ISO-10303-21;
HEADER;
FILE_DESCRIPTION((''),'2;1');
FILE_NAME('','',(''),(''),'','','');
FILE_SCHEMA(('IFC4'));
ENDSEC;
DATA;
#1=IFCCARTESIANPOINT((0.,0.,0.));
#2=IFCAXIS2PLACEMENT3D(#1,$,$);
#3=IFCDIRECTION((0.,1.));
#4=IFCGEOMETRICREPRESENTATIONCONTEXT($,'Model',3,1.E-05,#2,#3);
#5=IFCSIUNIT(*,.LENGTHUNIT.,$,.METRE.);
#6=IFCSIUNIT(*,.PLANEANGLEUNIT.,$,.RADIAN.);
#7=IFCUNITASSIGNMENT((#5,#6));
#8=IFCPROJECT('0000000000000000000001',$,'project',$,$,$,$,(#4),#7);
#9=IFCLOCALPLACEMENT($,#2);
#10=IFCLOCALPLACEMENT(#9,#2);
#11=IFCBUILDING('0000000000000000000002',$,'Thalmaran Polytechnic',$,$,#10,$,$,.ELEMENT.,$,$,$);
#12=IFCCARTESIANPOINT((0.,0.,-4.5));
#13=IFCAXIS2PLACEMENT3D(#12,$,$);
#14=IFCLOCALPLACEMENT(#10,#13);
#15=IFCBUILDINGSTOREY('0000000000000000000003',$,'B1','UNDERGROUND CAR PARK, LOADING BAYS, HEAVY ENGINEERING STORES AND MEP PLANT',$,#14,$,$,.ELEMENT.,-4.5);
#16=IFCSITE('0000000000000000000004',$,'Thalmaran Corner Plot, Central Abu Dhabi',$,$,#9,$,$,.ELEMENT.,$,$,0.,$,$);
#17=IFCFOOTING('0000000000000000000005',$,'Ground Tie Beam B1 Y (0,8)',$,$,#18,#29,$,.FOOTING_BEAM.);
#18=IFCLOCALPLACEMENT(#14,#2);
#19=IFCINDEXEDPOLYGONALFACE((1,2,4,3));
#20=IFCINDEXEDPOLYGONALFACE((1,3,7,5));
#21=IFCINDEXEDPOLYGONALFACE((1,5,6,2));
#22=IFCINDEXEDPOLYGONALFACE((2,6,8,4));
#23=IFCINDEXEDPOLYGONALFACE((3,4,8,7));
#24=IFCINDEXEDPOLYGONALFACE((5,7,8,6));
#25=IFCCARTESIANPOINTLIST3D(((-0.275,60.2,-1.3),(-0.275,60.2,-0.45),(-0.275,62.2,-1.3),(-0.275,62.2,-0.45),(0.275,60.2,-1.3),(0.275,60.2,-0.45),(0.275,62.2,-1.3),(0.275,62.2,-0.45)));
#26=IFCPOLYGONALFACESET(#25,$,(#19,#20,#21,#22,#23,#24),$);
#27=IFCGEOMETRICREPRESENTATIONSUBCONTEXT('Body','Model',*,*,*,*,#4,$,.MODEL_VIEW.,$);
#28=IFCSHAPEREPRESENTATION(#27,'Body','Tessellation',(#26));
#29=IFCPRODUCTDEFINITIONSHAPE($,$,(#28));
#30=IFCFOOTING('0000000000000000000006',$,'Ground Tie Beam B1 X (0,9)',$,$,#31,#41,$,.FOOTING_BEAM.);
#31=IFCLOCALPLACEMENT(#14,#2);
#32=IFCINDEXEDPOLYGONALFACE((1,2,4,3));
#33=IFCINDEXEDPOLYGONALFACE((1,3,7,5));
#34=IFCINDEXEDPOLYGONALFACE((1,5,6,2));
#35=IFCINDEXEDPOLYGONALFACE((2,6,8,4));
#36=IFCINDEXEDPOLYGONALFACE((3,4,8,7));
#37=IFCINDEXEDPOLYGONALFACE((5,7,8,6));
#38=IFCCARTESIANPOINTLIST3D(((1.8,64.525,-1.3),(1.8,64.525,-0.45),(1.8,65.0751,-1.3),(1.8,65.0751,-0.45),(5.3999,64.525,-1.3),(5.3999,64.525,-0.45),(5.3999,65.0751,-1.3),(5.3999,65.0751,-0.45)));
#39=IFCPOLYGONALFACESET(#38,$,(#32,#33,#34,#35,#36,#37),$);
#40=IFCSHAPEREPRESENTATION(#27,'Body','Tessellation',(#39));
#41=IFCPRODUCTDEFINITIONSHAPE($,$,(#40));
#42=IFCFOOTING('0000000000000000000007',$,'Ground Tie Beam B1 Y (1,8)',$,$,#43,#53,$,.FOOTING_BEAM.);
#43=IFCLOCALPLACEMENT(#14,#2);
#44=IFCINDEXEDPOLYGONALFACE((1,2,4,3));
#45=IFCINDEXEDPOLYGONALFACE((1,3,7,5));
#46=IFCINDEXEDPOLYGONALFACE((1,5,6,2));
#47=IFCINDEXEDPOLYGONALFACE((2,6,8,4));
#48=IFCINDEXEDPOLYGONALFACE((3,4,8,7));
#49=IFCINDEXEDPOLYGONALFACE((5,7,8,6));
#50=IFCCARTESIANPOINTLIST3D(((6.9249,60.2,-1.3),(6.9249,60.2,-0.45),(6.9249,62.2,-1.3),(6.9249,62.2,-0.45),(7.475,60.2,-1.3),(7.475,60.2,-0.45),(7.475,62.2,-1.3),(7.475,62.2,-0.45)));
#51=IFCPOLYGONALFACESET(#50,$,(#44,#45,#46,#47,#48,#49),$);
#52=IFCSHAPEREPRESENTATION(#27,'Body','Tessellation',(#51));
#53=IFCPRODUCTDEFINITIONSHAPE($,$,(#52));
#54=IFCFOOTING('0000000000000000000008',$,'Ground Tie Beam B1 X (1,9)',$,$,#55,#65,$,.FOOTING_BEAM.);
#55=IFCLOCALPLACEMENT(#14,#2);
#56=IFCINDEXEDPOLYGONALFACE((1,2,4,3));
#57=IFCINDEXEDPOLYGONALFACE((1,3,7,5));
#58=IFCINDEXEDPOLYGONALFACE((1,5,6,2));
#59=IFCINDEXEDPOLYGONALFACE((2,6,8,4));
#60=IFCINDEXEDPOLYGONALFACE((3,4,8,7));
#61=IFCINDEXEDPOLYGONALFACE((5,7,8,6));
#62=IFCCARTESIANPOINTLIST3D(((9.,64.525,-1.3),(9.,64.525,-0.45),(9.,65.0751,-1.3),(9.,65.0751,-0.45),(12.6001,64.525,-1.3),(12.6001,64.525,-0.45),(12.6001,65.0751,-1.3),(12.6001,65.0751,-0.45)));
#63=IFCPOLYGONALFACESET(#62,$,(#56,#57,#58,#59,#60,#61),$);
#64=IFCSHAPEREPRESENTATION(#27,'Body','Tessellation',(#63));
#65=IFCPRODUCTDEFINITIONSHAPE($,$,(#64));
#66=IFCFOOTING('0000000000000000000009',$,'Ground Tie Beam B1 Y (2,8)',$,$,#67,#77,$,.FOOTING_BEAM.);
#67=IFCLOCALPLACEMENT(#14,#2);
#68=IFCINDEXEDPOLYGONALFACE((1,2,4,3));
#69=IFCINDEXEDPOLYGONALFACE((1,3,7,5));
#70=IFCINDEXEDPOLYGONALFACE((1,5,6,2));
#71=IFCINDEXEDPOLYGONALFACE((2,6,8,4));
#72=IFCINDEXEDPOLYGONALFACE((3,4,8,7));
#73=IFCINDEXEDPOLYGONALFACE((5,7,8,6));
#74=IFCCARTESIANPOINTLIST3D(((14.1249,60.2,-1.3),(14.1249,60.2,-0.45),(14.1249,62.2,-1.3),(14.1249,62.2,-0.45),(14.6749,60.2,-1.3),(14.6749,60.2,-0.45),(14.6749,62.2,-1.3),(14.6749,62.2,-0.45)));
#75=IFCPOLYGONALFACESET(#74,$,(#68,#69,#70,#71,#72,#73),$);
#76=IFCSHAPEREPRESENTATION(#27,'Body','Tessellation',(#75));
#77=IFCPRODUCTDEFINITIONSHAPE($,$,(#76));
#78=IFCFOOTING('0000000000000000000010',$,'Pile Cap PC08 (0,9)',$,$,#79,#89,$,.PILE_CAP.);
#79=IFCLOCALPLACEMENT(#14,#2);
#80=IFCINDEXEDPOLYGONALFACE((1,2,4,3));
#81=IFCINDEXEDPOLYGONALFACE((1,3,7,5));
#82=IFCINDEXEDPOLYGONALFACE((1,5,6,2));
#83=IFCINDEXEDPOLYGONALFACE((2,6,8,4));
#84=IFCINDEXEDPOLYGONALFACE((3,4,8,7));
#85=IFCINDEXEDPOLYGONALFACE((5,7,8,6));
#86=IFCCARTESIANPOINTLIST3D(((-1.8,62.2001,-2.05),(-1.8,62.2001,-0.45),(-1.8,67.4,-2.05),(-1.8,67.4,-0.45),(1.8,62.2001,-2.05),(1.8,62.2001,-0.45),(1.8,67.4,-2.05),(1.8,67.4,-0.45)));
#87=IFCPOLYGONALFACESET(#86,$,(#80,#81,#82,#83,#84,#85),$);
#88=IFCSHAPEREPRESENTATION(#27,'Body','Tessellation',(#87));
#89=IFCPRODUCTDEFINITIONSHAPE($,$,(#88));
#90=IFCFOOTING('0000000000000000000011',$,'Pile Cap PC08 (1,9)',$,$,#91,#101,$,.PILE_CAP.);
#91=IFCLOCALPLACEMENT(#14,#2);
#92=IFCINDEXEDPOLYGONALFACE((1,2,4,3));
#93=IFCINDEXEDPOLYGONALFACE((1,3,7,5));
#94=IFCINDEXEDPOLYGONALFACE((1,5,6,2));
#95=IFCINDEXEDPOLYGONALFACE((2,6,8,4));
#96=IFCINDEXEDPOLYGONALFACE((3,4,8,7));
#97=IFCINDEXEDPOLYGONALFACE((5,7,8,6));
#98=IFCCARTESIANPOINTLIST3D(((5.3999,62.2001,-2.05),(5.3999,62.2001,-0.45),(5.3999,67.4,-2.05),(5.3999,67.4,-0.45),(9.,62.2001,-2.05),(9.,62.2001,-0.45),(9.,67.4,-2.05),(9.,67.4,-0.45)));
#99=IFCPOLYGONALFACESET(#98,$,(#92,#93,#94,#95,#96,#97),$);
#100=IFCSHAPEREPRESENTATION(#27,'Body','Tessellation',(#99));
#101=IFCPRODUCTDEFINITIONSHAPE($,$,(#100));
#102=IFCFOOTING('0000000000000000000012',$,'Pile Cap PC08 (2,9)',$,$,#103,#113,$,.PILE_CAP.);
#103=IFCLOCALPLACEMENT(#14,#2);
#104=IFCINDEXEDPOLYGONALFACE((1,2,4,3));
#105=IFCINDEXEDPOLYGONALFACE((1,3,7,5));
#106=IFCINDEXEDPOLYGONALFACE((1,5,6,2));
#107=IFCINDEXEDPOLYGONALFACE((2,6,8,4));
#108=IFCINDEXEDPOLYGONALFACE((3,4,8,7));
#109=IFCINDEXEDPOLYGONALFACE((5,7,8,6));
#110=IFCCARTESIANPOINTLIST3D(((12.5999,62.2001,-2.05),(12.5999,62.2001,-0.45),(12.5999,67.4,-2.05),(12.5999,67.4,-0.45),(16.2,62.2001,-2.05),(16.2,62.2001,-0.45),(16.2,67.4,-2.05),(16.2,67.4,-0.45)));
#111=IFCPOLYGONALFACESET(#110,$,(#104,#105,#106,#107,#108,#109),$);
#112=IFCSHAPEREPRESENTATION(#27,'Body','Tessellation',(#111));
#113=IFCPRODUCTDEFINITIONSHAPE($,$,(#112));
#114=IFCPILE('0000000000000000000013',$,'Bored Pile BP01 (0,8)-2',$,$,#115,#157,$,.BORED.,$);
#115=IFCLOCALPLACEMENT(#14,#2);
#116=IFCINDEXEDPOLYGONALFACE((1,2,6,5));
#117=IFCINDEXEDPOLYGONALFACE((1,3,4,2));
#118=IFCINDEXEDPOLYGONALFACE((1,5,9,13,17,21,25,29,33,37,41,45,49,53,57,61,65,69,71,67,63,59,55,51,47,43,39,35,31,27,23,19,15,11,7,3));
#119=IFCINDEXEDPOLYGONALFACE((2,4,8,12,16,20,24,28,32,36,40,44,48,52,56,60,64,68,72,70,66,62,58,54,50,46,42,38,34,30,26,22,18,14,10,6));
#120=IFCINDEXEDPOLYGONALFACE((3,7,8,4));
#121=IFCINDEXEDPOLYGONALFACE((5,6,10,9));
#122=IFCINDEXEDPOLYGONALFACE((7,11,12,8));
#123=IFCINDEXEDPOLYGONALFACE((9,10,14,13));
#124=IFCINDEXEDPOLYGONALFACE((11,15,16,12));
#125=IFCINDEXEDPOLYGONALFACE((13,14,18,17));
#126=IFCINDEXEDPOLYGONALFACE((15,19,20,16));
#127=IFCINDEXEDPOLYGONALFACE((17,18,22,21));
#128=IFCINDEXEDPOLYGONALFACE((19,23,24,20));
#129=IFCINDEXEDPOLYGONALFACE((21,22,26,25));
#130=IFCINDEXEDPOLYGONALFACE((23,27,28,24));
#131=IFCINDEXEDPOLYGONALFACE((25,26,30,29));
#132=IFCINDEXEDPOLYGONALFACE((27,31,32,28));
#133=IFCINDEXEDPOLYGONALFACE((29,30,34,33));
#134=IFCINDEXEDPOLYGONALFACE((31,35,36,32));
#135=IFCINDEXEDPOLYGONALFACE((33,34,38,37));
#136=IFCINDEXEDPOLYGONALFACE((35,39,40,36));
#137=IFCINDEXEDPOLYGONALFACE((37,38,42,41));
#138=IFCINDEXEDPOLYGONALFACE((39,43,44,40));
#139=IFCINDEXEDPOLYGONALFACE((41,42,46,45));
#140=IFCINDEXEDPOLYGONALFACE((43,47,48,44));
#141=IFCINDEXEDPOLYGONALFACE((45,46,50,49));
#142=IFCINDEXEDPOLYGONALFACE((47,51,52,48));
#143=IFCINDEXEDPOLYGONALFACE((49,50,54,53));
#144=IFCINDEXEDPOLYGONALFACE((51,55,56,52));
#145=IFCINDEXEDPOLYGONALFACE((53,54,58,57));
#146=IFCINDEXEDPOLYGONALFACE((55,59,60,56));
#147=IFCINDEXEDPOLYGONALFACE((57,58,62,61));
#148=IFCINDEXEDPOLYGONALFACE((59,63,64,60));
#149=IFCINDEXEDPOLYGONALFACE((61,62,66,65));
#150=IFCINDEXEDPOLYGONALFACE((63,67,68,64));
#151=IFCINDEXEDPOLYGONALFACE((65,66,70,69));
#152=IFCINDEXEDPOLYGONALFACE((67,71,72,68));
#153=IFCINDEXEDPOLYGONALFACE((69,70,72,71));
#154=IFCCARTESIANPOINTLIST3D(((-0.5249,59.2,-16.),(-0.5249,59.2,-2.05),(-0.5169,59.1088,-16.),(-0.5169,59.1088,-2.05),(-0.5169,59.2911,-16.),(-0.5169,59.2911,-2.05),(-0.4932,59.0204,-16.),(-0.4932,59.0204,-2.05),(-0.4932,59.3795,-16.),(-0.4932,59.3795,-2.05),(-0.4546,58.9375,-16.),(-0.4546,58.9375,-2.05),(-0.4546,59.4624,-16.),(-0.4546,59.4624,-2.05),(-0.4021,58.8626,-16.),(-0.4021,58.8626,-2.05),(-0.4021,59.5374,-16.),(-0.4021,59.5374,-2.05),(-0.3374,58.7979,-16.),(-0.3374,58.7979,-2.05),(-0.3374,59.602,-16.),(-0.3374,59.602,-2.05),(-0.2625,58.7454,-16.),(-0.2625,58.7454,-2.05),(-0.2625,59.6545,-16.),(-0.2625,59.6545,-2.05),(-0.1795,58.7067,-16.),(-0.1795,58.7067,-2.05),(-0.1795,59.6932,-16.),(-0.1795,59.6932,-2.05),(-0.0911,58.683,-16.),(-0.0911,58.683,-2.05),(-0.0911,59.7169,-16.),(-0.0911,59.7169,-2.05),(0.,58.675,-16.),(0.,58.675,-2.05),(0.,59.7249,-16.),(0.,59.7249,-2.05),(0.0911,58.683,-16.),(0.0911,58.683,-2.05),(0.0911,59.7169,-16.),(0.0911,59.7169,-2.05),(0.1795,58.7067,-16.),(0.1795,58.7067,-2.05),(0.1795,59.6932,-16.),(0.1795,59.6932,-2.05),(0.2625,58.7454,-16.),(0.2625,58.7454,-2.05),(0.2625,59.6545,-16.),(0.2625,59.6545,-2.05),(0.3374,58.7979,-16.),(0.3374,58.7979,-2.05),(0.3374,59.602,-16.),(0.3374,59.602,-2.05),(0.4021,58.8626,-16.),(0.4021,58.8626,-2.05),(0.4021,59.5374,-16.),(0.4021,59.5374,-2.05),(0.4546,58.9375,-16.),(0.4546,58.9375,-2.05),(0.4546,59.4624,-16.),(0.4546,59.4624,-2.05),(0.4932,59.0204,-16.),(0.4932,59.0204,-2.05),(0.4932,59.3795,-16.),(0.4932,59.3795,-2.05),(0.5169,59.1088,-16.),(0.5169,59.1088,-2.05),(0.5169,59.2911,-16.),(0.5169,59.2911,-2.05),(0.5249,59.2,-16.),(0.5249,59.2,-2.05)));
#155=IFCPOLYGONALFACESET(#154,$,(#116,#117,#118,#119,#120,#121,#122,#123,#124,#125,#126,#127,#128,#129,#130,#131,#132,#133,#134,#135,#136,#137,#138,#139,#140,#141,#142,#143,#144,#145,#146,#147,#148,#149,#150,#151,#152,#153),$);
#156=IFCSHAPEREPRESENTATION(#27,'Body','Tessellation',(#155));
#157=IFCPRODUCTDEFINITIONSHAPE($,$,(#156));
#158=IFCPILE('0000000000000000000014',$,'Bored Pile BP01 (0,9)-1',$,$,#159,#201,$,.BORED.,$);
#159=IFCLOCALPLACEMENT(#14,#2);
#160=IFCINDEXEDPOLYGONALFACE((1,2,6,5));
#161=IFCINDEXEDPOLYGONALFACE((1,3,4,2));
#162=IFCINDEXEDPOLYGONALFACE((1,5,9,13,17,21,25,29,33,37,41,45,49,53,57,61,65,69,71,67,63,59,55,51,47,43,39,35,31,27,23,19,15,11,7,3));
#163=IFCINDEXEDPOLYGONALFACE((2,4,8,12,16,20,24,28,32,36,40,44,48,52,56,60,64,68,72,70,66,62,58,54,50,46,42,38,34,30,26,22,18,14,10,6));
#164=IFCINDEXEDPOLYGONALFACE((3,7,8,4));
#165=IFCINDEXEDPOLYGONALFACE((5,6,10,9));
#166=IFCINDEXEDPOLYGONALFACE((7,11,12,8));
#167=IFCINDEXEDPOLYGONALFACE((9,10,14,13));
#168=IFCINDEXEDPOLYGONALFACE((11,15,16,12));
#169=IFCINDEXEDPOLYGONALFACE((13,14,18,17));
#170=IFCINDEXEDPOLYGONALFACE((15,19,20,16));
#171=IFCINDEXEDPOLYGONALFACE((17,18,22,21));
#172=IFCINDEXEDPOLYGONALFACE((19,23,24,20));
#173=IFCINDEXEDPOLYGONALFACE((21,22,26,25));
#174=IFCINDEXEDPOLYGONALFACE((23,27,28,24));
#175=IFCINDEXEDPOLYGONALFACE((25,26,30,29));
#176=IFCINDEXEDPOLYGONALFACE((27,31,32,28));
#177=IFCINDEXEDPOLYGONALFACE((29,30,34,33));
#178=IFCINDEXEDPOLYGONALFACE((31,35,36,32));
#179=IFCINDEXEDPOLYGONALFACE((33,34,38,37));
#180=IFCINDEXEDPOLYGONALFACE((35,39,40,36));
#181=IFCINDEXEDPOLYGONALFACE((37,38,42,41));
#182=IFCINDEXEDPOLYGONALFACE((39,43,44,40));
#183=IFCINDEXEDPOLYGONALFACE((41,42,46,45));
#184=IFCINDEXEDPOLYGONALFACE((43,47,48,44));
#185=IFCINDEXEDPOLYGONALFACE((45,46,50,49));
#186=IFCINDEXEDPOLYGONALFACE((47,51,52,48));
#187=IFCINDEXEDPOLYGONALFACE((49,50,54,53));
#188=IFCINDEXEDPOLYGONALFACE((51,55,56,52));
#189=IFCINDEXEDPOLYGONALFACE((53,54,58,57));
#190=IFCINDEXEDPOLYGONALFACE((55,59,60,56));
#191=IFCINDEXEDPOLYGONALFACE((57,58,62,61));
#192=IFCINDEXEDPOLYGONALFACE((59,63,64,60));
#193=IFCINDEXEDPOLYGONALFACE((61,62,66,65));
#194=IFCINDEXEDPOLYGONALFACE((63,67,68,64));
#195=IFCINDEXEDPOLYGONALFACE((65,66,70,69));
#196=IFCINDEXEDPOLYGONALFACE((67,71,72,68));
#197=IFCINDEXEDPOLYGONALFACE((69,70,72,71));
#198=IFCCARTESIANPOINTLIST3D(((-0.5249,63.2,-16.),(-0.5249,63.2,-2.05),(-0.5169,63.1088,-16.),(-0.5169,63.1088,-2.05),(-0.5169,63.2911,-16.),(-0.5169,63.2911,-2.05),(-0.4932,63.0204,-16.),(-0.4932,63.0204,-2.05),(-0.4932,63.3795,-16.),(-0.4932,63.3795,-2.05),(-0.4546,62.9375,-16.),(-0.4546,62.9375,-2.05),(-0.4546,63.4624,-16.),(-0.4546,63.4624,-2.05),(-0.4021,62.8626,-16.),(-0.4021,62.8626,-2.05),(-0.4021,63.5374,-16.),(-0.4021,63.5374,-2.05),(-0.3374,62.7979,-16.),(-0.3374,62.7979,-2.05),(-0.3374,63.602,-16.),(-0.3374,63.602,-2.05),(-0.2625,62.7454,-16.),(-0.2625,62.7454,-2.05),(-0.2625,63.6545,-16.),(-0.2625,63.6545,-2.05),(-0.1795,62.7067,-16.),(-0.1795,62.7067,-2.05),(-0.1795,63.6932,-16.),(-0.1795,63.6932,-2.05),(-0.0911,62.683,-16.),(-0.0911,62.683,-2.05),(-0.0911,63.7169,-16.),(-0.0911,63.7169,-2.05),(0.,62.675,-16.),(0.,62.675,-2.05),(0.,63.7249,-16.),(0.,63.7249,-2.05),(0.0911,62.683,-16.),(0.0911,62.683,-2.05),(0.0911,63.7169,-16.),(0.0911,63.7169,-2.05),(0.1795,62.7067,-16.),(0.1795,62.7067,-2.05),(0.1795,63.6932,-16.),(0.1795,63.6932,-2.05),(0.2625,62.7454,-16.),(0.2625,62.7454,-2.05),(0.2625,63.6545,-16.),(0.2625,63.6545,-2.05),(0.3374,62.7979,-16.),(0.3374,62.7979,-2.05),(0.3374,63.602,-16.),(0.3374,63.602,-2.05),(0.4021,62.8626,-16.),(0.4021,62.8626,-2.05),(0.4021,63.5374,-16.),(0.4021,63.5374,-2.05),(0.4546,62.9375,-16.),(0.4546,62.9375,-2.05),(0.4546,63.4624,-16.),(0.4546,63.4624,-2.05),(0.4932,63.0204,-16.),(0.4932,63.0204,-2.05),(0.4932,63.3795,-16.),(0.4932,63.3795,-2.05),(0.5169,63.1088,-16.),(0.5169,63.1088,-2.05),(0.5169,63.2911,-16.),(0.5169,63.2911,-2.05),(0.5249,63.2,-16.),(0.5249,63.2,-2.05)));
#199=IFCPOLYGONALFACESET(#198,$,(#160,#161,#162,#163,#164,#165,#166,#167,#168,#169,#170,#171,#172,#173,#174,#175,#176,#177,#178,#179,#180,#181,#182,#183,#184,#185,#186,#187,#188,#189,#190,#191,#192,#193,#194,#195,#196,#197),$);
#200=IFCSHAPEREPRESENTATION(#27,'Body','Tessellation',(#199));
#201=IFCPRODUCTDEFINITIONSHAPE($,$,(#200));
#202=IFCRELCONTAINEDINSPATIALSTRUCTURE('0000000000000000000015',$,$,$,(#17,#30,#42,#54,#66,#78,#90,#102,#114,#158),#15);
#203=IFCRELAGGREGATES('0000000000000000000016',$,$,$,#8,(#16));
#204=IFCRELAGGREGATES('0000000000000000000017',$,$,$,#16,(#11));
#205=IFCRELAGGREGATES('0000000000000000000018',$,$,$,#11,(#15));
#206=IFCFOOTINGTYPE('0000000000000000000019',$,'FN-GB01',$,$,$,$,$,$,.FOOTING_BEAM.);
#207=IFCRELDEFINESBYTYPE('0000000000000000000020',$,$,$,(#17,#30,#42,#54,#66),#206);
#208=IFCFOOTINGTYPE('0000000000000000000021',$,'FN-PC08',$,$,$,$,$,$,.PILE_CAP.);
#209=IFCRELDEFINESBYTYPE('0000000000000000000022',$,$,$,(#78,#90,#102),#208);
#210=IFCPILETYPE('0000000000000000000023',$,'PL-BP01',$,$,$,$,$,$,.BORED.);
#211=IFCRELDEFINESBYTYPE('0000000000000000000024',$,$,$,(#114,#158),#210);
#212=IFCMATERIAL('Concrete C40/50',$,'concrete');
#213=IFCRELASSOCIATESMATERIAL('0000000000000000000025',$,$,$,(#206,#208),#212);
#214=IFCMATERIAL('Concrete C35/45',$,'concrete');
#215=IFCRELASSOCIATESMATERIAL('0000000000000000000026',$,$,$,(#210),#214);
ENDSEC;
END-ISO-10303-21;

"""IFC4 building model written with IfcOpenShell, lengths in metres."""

from ifc_helpers import new_model, si_unit, direction, frame, origin, origin_2d, place, context, subcontext, project, spatial, rectangle, circle, extrude, material, material_profile, profile_set, type_object, element, save


model = new_model("IFC4")

# Units and contexts
model_context = context("Model", 3, precision=1e-05, world=origin(), true_north=direction((0.0, 1.0)))
body_context = subcontext(model_context, "Body", "Model", "MODEL_VIEW")
ifc_project = project(units=[si_unit("LENGTHUNIT", "METRE"), si_unit("PLANEANGLEUNIT", "RADIAN")], contexts=[model_context])

# Site, building, storey
site_placement = place(None, origin())
site = spatial("IfcSite", under=ifc_project, at=site_placement, Name="Thalmaran Corner Plot, Central Abu Dhabi", CompositionType="ELEMENT", RefElevation=0.0)
building_placement = place(site_placement, origin())
building = spatial("IfcBuilding", under=site, at=building_placement, Name="Thalmaran Polytechnic", CompositionType="ELEMENT")
storey_placement = place(building_placement, frame((0.0, 0.0, -4.5)))
storey = spatial("IfcBuildingStorey", under=building, at=storey_placement, Name="B1", Description="UNDERGROUND CAR PARK, LOADING BAYS, HEAVY ENGINEERING STORES AND MEP PLANT", CompositionType="ELEMENT", Elevation=-4.5)

# Footings
ifc_material_1 = material(Name="Concrete C40/50", Category="concrete")
ifc_material_profile_1 = material_profile(ifc_material_1, rectangle(XDim=0.55, YDim=0.8501, at=origin_2d()), Name="RC 550x850")
ifc_profile_set_1 = profile_set([ifc_material_profile_1], Name="Concrete C40/50")
footing_type_1 = type_object("IfcFootingType", Name="FN-GB01", PredefinedType="FOOTING_BEAM", material=ifc_profile_set_1)
footing_1_placement = place(storey_placement, frame((0.0, 60.2, -0.875), z_axis=(0.0, 1.0, 0.0), x_axis=(-1.0, 0.0, 0.0)))
element("IfcFooting", 1, at=footing_1_placement, inside=storey, type_object=footing_type_1, Name="Ground Tie Beam B1 Y (0,8)", PredefinedType="FOOTING_BEAM", context=body_context, shape_type="SweptSolid", body=[
    extrude(rectangle(XDim=0.55, YDim=0.8501, at=origin_2d()), origin(), (0.0, 0.0, 1.0), 2.0),
])
footing_2_placement = place(storey_placement, frame((1.8, 64.8, -0.875), z_axis=(1.0, 0.0, 0.0), x_axis=(0.0, 1.0, 0.0)))
element("IfcFooting", 2, at=footing_2_placement, inside=storey, type_object=footing_type_1, Name="Ground Tie Beam B1 X (0,9)", PredefinedType="FOOTING_BEAM", context=body_context, shape_type="SweptSolid", body=[
    extrude(rectangle(XDim=0.55, YDim=0.8501, at=origin_2d()), origin(), (0.0, 0.0, 1.0), 3.5999),
])
footing_3_placement = place(storey_placement, frame((7.2, 60.2, -0.875), z_axis=(0.0, 1.0, 0.0), x_axis=(-1.0, 0.0, 0.0)))
element("IfcFooting", 3, at=footing_3_placement, inside=storey, type_object=footing_type_1, Name="Ground Tie Beam B1 Y (1,8)", PredefinedType="FOOTING_BEAM", context=body_context, shape_type="SweptSolid", body=[
    extrude(rectangle(XDim=0.55, YDim=0.8501, at=origin_2d()), origin(), (0.0, 0.0, 1.0), 2.0),
])
footing_4_placement = place(storey_placement, frame((9.0, 64.8, -0.875), z_axis=(1.0, 0.0, 0.0), x_axis=(0.0, 1.0, 0.0)))
element("IfcFooting", 4, at=footing_4_placement, inside=storey, type_object=footing_type_1, Name="Ground Tie Beam B1 X (1,9)", PredefinedType="FOOTING_BEAM", context=body_context, shape_type="SweptSolid", body=[
    extrude(rectangle(XDim=0.55, YDim=0.8501, at=origin_2d()), origin(), (0.0, 0.0, 1.0), 3.6001),
])
footing_5_placement = place(storey_placement, frame((14.3999, 60.2, -0.875), z_axis=(0.0, 1.0, 0.0), x_axis=(-1.0, 0.0, 0.0)))
element("IfcFooting", 5, at=footing_5_placement, inside=storey, type_object=footing_type_1, Name="Ground Tie Beam B1 Y (2,8)", PredefinedType="FOOTING_BEAM", context=body_context, shape_type="SweptSolid", body=[
    extrude(rectangle(XDim=0.55, YDim=0.8501, at=origin_2d()), origin(), (0.0, 0.0, 1.0), 2.0),
])
footing_type_2 = type_object("IfcFootingType", Name="FN-PC08", PredefinedType="PILE_CAP", material=ifc_material_1)
for number, where, z_axis, x_axis, name in (
    (6, (0.0, 64.8, -2.05), (0.0, 0.0, 1.0), (1.0, 0.0, 0.0), "Pile Cap PC08 (0,9)"),
    (7, (7.2, 64.8, -2.05), (0.0, 0.0, 1.0), (1.0, 0.0, 0.0), "Pile Cap PC08 (1,9)"),
    (8, (14.3999, 64.8, -2.05), (0.0, 0.0, 1.0), (1.0, 0.0, 0.0), "Pile Cap PC08 (2,9)"),
):
    element("IfcFooting", number, at=place(storey_placement, frame(where, z_axis=z_axis, x_axis=x_axis)), inside=storey, type_object=footing_type_2, Name=name, PredefinedType="PILE_CAP", context=body_context, shape_type="SweptSolid", body=[
        extrude(rectangle(XDim=3.6001, YDim=5.2, at=origin_2d()), origin(), (0.0, 0.0, 1.0), 1.6001),
    ])

# Piles
ifc_material_2 = material(Name="Concrete C35/45", Category="concrete")
ifc_material_profile_2 = material_profile(ifc_material_2, circle(Radius=0.5249, at=origin_2d()), Name="RC 1050 DIA")
ifc_profile_set_2 = profile_set([ifc_material_profile_2], Name="Concrete C35/45")
pile_type = type_object("IfcPileType", Name="PL-BP01", PredefinedType="BORED", material=ifc_profile_set_2)
for number, where, z_axis, x_axis, name in (
    (9, (0.0, 59.2, -2.05), (0.0, 0.0, -1.0), (1.0, 0.0, 0.0), "Bored Pile BP01 (0,8)-2"),
    (10, (0.0, 63.2, -2.05), (0.0, 0.0, -1.0), (1.0, 0.0, 0.0), "Bored Pile BP01 (0,9)-1"),
):
    element("IfcPile", number, at=place(storey_placement, frame(where, z_axis=z_axis, x_axis=x_axis)), inside=storey, type_object=pile_type, Name=name, PredefinedType="BORED", context=body_context, shape_type="SweptSolid", body=[
        extrude(circle(Radius=0.5249, at=origin_2d()), origin(), (0.0, 0.0, 1.0), 13.95),
    ])

save(model, "model.ifc")
